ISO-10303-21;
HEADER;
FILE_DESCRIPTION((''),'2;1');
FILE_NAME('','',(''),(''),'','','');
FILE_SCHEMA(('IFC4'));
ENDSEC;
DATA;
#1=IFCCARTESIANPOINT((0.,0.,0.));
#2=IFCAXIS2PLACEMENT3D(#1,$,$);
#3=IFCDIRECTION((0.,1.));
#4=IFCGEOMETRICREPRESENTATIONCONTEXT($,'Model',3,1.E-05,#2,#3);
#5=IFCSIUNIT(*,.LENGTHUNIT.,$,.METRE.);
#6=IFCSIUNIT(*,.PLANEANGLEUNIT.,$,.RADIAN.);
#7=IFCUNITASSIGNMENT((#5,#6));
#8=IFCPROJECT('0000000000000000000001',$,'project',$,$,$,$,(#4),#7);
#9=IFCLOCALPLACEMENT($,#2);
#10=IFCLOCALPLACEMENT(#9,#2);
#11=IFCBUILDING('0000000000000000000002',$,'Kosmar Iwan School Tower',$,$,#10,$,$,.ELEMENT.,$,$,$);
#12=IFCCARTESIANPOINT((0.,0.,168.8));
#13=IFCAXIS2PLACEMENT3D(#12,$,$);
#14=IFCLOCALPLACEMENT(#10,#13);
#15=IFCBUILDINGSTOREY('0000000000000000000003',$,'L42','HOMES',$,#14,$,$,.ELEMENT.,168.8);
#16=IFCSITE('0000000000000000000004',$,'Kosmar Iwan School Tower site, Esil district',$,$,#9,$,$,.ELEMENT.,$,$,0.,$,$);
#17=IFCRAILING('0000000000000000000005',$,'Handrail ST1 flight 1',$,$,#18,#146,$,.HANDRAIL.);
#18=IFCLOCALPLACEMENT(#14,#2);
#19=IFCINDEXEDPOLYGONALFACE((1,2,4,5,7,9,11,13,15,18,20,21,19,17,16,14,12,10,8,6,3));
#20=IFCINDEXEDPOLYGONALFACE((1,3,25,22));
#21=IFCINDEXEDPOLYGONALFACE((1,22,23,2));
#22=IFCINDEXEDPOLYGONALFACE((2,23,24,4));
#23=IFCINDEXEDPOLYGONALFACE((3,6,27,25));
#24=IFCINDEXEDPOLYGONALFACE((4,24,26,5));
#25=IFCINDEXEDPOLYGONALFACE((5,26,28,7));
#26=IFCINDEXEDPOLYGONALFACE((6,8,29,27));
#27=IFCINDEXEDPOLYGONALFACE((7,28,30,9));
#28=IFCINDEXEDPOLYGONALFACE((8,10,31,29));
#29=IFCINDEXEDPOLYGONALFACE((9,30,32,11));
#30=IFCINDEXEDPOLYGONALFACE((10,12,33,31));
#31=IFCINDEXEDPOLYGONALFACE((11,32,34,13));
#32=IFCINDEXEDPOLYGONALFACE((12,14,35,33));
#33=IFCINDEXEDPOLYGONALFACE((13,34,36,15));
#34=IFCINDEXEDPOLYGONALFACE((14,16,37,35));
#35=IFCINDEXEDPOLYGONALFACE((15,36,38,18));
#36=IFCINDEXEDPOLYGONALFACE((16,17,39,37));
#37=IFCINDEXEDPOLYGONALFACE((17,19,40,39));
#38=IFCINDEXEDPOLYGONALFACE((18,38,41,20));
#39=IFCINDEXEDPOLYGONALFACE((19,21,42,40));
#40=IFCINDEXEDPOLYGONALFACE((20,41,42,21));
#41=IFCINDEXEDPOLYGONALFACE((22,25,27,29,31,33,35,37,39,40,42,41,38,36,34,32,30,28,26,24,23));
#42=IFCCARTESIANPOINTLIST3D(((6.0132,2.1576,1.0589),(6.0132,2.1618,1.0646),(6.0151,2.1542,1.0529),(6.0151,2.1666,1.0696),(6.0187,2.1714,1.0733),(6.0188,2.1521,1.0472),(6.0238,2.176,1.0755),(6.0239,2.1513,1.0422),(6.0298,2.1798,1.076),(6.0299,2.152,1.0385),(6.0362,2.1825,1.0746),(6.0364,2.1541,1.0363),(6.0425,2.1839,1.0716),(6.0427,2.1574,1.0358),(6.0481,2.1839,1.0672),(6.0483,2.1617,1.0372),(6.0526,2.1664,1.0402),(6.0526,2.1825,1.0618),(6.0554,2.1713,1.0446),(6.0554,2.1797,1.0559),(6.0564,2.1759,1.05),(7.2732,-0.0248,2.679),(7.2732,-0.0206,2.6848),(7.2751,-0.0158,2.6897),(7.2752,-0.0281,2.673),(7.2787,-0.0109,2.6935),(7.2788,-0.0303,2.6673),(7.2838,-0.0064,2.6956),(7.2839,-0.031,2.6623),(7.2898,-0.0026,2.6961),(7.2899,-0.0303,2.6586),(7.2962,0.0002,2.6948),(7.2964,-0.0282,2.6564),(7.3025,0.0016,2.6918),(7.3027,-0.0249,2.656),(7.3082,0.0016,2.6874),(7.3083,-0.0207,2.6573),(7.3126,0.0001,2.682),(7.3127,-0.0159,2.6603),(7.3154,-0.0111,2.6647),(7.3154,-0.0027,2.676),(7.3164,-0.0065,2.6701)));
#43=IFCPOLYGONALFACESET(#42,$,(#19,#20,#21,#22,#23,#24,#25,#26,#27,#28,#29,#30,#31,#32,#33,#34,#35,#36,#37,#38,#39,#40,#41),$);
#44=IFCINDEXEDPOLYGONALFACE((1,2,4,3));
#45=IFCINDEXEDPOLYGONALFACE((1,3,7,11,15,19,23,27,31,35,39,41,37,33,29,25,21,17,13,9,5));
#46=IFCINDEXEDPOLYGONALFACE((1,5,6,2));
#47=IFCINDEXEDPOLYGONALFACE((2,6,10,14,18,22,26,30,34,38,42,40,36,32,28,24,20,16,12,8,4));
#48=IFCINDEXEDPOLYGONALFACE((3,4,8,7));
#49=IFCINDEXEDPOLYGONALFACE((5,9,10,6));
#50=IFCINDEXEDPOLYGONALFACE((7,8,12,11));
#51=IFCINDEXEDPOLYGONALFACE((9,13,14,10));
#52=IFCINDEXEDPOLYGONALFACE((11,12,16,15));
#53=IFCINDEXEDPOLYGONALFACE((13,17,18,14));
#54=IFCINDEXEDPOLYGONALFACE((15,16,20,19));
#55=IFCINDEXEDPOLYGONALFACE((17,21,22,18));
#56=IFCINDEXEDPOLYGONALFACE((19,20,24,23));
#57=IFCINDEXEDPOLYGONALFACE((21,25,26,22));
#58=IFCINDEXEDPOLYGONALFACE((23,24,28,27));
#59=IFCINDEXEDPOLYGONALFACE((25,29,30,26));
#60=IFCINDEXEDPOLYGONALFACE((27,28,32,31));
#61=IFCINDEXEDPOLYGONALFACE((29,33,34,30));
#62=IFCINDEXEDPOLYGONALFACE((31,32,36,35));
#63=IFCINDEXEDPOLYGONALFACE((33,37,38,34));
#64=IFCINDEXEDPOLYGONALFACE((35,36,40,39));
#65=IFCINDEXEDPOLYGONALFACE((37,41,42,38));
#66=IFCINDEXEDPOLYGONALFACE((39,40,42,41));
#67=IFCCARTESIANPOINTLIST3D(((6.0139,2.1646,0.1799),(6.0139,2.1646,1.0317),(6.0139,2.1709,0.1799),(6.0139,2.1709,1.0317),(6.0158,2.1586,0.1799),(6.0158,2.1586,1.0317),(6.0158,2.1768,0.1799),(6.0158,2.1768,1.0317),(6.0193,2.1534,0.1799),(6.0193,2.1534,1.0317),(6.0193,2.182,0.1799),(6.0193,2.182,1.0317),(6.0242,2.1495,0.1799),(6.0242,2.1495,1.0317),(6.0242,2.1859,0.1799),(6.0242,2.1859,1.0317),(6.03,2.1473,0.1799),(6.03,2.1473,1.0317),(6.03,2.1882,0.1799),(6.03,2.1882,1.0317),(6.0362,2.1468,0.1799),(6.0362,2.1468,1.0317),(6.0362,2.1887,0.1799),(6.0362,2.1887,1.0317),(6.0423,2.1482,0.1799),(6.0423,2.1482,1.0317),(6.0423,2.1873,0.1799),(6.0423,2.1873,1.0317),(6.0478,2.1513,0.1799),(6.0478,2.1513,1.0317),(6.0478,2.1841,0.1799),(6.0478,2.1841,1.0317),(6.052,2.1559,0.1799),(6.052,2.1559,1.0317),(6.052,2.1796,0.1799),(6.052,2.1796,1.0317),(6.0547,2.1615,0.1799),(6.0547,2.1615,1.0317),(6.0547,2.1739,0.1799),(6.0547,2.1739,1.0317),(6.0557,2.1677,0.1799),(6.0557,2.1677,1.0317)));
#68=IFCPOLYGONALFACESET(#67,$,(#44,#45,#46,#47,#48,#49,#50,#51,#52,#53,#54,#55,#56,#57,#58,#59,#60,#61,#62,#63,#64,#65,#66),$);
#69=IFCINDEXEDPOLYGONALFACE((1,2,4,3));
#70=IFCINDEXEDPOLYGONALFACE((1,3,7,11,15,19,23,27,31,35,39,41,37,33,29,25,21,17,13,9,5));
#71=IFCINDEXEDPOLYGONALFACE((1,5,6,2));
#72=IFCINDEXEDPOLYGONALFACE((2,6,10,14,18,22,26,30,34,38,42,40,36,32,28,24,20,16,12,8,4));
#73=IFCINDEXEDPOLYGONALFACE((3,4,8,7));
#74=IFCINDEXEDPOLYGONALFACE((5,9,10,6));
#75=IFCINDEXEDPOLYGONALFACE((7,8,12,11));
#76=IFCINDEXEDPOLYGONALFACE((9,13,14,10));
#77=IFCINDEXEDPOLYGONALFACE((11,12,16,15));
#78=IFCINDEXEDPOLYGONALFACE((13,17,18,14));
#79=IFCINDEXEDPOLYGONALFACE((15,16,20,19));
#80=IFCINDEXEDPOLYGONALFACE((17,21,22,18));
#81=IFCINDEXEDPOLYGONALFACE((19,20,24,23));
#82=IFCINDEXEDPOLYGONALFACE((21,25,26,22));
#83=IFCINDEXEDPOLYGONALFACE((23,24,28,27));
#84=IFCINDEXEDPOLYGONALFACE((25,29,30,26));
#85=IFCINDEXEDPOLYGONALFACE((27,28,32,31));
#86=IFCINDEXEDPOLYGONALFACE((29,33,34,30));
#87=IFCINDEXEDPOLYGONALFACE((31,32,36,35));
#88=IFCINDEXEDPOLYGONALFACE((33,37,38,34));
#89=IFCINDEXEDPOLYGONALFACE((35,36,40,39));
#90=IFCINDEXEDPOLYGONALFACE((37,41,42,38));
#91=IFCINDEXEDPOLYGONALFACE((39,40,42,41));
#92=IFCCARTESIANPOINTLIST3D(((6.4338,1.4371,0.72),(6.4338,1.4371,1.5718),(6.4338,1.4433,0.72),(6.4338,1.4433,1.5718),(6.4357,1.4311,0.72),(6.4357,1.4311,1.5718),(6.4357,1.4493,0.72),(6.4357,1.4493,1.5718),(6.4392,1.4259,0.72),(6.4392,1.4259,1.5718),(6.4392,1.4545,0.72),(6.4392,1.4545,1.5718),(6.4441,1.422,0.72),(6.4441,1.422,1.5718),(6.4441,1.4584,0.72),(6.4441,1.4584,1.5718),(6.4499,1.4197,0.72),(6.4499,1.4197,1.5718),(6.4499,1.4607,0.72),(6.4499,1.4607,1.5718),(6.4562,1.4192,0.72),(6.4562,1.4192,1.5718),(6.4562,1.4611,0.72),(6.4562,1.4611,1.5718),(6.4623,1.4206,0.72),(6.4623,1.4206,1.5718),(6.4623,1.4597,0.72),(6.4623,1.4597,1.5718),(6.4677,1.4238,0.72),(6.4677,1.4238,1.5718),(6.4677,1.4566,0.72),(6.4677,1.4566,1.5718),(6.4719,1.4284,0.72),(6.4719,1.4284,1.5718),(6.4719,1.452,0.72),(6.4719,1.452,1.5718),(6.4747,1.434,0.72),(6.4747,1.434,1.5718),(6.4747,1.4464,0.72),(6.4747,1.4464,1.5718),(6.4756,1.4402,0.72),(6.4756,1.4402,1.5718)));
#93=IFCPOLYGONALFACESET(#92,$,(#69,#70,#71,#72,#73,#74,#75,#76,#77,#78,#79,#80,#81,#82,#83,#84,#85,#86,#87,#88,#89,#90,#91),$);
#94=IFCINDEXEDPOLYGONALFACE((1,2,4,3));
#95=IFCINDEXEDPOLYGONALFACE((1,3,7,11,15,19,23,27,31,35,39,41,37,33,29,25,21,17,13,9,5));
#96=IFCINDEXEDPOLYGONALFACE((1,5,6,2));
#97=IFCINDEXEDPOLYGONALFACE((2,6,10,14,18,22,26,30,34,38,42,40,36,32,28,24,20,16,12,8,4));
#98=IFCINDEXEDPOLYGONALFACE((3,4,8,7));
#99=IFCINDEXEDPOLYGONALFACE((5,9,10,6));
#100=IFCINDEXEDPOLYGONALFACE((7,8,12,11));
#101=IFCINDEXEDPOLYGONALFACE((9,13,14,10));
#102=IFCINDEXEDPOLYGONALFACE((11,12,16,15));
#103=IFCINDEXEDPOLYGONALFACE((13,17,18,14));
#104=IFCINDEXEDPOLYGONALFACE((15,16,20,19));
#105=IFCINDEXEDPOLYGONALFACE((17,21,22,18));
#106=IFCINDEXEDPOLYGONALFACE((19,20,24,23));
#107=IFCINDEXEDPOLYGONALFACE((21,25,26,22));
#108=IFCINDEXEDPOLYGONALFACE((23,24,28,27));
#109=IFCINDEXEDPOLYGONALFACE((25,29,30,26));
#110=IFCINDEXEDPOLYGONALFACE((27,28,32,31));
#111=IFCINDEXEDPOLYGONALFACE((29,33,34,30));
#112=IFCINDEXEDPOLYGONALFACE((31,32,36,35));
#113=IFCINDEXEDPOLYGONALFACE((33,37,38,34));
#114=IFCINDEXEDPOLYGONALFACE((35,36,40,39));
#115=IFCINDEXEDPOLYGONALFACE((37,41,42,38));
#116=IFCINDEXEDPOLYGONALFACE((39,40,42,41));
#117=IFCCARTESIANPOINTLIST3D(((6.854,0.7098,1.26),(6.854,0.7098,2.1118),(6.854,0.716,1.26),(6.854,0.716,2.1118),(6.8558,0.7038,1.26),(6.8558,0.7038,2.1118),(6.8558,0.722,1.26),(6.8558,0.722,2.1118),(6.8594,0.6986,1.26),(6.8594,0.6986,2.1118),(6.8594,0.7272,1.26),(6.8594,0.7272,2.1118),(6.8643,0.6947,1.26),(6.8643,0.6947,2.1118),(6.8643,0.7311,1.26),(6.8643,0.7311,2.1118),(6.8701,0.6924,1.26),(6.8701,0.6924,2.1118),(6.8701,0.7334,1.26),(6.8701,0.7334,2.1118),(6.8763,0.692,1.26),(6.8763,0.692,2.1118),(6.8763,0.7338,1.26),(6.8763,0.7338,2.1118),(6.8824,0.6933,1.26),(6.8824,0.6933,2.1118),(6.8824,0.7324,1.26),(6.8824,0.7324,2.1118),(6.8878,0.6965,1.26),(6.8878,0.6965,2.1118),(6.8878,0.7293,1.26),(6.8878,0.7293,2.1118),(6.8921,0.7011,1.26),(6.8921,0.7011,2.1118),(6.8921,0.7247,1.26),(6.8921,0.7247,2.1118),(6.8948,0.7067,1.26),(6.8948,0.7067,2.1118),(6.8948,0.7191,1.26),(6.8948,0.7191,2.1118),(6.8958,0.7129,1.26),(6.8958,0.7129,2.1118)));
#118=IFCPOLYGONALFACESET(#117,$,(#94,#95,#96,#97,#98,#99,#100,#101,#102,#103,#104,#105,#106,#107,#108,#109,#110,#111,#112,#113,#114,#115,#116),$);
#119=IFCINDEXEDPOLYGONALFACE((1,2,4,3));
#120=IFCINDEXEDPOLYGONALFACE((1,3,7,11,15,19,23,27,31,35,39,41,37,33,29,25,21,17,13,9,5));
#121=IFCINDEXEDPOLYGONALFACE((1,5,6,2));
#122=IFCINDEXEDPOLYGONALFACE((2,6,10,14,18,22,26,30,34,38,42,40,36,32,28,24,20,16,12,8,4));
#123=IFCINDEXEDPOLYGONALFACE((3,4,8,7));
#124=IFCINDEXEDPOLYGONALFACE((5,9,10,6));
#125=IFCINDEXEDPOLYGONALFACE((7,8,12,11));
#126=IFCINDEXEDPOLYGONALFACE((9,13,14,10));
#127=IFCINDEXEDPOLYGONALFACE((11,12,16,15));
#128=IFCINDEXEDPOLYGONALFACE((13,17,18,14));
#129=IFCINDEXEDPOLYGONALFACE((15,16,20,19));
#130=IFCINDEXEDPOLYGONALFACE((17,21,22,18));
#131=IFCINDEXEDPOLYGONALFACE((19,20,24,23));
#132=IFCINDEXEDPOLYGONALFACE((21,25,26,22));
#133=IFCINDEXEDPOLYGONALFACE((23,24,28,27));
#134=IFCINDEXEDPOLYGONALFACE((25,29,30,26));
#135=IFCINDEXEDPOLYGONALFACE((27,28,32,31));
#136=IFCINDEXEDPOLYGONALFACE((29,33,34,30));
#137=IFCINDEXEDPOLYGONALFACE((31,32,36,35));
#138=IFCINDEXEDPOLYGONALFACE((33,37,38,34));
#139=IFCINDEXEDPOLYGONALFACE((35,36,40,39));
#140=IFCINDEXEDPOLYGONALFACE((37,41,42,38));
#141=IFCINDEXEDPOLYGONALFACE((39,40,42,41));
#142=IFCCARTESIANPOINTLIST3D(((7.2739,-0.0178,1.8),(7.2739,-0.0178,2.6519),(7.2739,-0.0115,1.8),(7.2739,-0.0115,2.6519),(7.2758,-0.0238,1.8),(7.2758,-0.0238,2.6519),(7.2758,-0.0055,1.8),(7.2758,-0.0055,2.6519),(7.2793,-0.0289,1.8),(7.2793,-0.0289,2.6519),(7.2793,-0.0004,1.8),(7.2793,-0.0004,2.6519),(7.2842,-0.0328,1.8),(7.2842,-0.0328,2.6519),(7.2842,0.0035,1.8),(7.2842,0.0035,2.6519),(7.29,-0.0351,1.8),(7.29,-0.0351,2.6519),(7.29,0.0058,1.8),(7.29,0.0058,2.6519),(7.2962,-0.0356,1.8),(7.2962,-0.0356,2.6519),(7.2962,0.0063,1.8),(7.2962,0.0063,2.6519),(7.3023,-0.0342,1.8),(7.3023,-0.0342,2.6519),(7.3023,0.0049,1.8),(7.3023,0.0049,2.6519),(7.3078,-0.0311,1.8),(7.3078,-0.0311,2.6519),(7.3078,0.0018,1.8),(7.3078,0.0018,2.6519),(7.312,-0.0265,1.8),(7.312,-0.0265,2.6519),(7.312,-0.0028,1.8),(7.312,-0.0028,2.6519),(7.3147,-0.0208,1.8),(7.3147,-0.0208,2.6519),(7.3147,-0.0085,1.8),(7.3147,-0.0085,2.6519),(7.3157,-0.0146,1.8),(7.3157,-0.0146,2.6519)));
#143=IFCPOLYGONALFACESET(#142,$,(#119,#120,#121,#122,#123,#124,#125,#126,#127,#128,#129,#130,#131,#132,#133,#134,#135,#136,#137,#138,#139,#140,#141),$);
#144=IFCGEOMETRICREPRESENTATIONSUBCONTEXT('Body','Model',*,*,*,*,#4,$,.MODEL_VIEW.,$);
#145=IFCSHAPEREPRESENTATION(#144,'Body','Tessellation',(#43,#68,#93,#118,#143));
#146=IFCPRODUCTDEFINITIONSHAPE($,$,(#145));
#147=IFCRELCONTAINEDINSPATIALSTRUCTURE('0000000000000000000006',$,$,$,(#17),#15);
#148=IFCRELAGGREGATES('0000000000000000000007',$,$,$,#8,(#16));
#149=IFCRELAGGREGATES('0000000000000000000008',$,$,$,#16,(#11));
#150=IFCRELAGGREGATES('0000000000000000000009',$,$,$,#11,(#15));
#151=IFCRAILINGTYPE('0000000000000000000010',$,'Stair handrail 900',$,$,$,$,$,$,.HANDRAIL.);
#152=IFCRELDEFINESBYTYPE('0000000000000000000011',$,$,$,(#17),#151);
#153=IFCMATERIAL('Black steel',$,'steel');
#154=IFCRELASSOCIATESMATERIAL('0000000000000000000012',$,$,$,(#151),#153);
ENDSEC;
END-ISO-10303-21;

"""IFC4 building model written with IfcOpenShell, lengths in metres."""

from ifc_helpers import new_model, si_unit, direction, frame, origin, origin_2d, place, context, subcontext, project, spatial, circle, extrude, material, type_object, element, save


model = new_model("IFC4")

# Units and contexts
model_context = context("Model", 3, precision=1e-05, world=origin(), true_north=direction((0.0, 1.0)))
body_context = subcontext(model_context, "Body", "Model", "MODEL_VIEW")
ifc_project = project(units=[si_unit("LENGTHUNIT", "METRE"), si_unit("PLANEANGLEUNIT", "RADIAN")], contexts=[model_context])

# Site, building, storey
site_placement = place(None, origin())
site = spatial("IfcSite", under=ifc_project, at=site_placement, Name="Kosmar Iwan School Tower site, Esil district", CompositionType="ELEMENT", RefElevation=0.0)
building_placement = place(site_placement, origin())
building = spatial("IfcBuilding", under=site, at=building_placement, Name="Kosmar Iwan School Tower", CompositionType="ELEMENT")
storey_placement = place(building_placement, frame((0.0, 0.0, 168.8)))
storey = spatial("IfcBuildingStorey", under=building, at=storey_placement, Name="L42", Description="HOMES", CompositionType="ELEMENT", Elevation=168.8)

# Railing
ifc_material_1 = material(Name="Black steel", Category="steel")
railing_type = type_object("IfcRailingType", Name="Stair handrail 900", PredefinedType="HANDRAIL", material=ifc_material_1)
railing_1_placement = place(storey_placement, frame((6.0347, 2.1677, 0.1799)))
element("IfcRailing", 1, at=railing_1_placement, inside=storey, type_object=railing_type, Name="Handrail ST1 flight 1", PredefinedType="HANDRAIL", context=body_context, shape_type="SweptSolid", body=[
    extrude(circle(Radius=0.0239, at=origin_2d()), frame((0.0, 0.0, 0.876), z_axis=(0.420584, -0.728464, 0.540786), x_axis=(0.866023, 0.500005, 0.0)), (0.0, 0.0, 1.0), 2.9958),
    extrude(circle(Radius=0.021, at=origin_2d()), origin(), (0.0, 0.0, 1.0), 0.8518),
    extrude(circle(Radius=0.021, at=origin_2d()), frame((0.4199, -0.7275, 0.54)), (0.0, 0.0, 1.0), 0.8518),
    extrude(circle(Radius=0.021, at=origin_2d()), frame((0.8401, -1.4548, 1.0801)), (0.0, 0.0, 1.0), 0.8518),
    extrude(circle(Radius=0.021, at=origin_2d()), frame((1.26, -2.1824, 1.6201)), (0.0, 0.0, 1.0), 0.8518),
])

save(model, "model.ifc")
